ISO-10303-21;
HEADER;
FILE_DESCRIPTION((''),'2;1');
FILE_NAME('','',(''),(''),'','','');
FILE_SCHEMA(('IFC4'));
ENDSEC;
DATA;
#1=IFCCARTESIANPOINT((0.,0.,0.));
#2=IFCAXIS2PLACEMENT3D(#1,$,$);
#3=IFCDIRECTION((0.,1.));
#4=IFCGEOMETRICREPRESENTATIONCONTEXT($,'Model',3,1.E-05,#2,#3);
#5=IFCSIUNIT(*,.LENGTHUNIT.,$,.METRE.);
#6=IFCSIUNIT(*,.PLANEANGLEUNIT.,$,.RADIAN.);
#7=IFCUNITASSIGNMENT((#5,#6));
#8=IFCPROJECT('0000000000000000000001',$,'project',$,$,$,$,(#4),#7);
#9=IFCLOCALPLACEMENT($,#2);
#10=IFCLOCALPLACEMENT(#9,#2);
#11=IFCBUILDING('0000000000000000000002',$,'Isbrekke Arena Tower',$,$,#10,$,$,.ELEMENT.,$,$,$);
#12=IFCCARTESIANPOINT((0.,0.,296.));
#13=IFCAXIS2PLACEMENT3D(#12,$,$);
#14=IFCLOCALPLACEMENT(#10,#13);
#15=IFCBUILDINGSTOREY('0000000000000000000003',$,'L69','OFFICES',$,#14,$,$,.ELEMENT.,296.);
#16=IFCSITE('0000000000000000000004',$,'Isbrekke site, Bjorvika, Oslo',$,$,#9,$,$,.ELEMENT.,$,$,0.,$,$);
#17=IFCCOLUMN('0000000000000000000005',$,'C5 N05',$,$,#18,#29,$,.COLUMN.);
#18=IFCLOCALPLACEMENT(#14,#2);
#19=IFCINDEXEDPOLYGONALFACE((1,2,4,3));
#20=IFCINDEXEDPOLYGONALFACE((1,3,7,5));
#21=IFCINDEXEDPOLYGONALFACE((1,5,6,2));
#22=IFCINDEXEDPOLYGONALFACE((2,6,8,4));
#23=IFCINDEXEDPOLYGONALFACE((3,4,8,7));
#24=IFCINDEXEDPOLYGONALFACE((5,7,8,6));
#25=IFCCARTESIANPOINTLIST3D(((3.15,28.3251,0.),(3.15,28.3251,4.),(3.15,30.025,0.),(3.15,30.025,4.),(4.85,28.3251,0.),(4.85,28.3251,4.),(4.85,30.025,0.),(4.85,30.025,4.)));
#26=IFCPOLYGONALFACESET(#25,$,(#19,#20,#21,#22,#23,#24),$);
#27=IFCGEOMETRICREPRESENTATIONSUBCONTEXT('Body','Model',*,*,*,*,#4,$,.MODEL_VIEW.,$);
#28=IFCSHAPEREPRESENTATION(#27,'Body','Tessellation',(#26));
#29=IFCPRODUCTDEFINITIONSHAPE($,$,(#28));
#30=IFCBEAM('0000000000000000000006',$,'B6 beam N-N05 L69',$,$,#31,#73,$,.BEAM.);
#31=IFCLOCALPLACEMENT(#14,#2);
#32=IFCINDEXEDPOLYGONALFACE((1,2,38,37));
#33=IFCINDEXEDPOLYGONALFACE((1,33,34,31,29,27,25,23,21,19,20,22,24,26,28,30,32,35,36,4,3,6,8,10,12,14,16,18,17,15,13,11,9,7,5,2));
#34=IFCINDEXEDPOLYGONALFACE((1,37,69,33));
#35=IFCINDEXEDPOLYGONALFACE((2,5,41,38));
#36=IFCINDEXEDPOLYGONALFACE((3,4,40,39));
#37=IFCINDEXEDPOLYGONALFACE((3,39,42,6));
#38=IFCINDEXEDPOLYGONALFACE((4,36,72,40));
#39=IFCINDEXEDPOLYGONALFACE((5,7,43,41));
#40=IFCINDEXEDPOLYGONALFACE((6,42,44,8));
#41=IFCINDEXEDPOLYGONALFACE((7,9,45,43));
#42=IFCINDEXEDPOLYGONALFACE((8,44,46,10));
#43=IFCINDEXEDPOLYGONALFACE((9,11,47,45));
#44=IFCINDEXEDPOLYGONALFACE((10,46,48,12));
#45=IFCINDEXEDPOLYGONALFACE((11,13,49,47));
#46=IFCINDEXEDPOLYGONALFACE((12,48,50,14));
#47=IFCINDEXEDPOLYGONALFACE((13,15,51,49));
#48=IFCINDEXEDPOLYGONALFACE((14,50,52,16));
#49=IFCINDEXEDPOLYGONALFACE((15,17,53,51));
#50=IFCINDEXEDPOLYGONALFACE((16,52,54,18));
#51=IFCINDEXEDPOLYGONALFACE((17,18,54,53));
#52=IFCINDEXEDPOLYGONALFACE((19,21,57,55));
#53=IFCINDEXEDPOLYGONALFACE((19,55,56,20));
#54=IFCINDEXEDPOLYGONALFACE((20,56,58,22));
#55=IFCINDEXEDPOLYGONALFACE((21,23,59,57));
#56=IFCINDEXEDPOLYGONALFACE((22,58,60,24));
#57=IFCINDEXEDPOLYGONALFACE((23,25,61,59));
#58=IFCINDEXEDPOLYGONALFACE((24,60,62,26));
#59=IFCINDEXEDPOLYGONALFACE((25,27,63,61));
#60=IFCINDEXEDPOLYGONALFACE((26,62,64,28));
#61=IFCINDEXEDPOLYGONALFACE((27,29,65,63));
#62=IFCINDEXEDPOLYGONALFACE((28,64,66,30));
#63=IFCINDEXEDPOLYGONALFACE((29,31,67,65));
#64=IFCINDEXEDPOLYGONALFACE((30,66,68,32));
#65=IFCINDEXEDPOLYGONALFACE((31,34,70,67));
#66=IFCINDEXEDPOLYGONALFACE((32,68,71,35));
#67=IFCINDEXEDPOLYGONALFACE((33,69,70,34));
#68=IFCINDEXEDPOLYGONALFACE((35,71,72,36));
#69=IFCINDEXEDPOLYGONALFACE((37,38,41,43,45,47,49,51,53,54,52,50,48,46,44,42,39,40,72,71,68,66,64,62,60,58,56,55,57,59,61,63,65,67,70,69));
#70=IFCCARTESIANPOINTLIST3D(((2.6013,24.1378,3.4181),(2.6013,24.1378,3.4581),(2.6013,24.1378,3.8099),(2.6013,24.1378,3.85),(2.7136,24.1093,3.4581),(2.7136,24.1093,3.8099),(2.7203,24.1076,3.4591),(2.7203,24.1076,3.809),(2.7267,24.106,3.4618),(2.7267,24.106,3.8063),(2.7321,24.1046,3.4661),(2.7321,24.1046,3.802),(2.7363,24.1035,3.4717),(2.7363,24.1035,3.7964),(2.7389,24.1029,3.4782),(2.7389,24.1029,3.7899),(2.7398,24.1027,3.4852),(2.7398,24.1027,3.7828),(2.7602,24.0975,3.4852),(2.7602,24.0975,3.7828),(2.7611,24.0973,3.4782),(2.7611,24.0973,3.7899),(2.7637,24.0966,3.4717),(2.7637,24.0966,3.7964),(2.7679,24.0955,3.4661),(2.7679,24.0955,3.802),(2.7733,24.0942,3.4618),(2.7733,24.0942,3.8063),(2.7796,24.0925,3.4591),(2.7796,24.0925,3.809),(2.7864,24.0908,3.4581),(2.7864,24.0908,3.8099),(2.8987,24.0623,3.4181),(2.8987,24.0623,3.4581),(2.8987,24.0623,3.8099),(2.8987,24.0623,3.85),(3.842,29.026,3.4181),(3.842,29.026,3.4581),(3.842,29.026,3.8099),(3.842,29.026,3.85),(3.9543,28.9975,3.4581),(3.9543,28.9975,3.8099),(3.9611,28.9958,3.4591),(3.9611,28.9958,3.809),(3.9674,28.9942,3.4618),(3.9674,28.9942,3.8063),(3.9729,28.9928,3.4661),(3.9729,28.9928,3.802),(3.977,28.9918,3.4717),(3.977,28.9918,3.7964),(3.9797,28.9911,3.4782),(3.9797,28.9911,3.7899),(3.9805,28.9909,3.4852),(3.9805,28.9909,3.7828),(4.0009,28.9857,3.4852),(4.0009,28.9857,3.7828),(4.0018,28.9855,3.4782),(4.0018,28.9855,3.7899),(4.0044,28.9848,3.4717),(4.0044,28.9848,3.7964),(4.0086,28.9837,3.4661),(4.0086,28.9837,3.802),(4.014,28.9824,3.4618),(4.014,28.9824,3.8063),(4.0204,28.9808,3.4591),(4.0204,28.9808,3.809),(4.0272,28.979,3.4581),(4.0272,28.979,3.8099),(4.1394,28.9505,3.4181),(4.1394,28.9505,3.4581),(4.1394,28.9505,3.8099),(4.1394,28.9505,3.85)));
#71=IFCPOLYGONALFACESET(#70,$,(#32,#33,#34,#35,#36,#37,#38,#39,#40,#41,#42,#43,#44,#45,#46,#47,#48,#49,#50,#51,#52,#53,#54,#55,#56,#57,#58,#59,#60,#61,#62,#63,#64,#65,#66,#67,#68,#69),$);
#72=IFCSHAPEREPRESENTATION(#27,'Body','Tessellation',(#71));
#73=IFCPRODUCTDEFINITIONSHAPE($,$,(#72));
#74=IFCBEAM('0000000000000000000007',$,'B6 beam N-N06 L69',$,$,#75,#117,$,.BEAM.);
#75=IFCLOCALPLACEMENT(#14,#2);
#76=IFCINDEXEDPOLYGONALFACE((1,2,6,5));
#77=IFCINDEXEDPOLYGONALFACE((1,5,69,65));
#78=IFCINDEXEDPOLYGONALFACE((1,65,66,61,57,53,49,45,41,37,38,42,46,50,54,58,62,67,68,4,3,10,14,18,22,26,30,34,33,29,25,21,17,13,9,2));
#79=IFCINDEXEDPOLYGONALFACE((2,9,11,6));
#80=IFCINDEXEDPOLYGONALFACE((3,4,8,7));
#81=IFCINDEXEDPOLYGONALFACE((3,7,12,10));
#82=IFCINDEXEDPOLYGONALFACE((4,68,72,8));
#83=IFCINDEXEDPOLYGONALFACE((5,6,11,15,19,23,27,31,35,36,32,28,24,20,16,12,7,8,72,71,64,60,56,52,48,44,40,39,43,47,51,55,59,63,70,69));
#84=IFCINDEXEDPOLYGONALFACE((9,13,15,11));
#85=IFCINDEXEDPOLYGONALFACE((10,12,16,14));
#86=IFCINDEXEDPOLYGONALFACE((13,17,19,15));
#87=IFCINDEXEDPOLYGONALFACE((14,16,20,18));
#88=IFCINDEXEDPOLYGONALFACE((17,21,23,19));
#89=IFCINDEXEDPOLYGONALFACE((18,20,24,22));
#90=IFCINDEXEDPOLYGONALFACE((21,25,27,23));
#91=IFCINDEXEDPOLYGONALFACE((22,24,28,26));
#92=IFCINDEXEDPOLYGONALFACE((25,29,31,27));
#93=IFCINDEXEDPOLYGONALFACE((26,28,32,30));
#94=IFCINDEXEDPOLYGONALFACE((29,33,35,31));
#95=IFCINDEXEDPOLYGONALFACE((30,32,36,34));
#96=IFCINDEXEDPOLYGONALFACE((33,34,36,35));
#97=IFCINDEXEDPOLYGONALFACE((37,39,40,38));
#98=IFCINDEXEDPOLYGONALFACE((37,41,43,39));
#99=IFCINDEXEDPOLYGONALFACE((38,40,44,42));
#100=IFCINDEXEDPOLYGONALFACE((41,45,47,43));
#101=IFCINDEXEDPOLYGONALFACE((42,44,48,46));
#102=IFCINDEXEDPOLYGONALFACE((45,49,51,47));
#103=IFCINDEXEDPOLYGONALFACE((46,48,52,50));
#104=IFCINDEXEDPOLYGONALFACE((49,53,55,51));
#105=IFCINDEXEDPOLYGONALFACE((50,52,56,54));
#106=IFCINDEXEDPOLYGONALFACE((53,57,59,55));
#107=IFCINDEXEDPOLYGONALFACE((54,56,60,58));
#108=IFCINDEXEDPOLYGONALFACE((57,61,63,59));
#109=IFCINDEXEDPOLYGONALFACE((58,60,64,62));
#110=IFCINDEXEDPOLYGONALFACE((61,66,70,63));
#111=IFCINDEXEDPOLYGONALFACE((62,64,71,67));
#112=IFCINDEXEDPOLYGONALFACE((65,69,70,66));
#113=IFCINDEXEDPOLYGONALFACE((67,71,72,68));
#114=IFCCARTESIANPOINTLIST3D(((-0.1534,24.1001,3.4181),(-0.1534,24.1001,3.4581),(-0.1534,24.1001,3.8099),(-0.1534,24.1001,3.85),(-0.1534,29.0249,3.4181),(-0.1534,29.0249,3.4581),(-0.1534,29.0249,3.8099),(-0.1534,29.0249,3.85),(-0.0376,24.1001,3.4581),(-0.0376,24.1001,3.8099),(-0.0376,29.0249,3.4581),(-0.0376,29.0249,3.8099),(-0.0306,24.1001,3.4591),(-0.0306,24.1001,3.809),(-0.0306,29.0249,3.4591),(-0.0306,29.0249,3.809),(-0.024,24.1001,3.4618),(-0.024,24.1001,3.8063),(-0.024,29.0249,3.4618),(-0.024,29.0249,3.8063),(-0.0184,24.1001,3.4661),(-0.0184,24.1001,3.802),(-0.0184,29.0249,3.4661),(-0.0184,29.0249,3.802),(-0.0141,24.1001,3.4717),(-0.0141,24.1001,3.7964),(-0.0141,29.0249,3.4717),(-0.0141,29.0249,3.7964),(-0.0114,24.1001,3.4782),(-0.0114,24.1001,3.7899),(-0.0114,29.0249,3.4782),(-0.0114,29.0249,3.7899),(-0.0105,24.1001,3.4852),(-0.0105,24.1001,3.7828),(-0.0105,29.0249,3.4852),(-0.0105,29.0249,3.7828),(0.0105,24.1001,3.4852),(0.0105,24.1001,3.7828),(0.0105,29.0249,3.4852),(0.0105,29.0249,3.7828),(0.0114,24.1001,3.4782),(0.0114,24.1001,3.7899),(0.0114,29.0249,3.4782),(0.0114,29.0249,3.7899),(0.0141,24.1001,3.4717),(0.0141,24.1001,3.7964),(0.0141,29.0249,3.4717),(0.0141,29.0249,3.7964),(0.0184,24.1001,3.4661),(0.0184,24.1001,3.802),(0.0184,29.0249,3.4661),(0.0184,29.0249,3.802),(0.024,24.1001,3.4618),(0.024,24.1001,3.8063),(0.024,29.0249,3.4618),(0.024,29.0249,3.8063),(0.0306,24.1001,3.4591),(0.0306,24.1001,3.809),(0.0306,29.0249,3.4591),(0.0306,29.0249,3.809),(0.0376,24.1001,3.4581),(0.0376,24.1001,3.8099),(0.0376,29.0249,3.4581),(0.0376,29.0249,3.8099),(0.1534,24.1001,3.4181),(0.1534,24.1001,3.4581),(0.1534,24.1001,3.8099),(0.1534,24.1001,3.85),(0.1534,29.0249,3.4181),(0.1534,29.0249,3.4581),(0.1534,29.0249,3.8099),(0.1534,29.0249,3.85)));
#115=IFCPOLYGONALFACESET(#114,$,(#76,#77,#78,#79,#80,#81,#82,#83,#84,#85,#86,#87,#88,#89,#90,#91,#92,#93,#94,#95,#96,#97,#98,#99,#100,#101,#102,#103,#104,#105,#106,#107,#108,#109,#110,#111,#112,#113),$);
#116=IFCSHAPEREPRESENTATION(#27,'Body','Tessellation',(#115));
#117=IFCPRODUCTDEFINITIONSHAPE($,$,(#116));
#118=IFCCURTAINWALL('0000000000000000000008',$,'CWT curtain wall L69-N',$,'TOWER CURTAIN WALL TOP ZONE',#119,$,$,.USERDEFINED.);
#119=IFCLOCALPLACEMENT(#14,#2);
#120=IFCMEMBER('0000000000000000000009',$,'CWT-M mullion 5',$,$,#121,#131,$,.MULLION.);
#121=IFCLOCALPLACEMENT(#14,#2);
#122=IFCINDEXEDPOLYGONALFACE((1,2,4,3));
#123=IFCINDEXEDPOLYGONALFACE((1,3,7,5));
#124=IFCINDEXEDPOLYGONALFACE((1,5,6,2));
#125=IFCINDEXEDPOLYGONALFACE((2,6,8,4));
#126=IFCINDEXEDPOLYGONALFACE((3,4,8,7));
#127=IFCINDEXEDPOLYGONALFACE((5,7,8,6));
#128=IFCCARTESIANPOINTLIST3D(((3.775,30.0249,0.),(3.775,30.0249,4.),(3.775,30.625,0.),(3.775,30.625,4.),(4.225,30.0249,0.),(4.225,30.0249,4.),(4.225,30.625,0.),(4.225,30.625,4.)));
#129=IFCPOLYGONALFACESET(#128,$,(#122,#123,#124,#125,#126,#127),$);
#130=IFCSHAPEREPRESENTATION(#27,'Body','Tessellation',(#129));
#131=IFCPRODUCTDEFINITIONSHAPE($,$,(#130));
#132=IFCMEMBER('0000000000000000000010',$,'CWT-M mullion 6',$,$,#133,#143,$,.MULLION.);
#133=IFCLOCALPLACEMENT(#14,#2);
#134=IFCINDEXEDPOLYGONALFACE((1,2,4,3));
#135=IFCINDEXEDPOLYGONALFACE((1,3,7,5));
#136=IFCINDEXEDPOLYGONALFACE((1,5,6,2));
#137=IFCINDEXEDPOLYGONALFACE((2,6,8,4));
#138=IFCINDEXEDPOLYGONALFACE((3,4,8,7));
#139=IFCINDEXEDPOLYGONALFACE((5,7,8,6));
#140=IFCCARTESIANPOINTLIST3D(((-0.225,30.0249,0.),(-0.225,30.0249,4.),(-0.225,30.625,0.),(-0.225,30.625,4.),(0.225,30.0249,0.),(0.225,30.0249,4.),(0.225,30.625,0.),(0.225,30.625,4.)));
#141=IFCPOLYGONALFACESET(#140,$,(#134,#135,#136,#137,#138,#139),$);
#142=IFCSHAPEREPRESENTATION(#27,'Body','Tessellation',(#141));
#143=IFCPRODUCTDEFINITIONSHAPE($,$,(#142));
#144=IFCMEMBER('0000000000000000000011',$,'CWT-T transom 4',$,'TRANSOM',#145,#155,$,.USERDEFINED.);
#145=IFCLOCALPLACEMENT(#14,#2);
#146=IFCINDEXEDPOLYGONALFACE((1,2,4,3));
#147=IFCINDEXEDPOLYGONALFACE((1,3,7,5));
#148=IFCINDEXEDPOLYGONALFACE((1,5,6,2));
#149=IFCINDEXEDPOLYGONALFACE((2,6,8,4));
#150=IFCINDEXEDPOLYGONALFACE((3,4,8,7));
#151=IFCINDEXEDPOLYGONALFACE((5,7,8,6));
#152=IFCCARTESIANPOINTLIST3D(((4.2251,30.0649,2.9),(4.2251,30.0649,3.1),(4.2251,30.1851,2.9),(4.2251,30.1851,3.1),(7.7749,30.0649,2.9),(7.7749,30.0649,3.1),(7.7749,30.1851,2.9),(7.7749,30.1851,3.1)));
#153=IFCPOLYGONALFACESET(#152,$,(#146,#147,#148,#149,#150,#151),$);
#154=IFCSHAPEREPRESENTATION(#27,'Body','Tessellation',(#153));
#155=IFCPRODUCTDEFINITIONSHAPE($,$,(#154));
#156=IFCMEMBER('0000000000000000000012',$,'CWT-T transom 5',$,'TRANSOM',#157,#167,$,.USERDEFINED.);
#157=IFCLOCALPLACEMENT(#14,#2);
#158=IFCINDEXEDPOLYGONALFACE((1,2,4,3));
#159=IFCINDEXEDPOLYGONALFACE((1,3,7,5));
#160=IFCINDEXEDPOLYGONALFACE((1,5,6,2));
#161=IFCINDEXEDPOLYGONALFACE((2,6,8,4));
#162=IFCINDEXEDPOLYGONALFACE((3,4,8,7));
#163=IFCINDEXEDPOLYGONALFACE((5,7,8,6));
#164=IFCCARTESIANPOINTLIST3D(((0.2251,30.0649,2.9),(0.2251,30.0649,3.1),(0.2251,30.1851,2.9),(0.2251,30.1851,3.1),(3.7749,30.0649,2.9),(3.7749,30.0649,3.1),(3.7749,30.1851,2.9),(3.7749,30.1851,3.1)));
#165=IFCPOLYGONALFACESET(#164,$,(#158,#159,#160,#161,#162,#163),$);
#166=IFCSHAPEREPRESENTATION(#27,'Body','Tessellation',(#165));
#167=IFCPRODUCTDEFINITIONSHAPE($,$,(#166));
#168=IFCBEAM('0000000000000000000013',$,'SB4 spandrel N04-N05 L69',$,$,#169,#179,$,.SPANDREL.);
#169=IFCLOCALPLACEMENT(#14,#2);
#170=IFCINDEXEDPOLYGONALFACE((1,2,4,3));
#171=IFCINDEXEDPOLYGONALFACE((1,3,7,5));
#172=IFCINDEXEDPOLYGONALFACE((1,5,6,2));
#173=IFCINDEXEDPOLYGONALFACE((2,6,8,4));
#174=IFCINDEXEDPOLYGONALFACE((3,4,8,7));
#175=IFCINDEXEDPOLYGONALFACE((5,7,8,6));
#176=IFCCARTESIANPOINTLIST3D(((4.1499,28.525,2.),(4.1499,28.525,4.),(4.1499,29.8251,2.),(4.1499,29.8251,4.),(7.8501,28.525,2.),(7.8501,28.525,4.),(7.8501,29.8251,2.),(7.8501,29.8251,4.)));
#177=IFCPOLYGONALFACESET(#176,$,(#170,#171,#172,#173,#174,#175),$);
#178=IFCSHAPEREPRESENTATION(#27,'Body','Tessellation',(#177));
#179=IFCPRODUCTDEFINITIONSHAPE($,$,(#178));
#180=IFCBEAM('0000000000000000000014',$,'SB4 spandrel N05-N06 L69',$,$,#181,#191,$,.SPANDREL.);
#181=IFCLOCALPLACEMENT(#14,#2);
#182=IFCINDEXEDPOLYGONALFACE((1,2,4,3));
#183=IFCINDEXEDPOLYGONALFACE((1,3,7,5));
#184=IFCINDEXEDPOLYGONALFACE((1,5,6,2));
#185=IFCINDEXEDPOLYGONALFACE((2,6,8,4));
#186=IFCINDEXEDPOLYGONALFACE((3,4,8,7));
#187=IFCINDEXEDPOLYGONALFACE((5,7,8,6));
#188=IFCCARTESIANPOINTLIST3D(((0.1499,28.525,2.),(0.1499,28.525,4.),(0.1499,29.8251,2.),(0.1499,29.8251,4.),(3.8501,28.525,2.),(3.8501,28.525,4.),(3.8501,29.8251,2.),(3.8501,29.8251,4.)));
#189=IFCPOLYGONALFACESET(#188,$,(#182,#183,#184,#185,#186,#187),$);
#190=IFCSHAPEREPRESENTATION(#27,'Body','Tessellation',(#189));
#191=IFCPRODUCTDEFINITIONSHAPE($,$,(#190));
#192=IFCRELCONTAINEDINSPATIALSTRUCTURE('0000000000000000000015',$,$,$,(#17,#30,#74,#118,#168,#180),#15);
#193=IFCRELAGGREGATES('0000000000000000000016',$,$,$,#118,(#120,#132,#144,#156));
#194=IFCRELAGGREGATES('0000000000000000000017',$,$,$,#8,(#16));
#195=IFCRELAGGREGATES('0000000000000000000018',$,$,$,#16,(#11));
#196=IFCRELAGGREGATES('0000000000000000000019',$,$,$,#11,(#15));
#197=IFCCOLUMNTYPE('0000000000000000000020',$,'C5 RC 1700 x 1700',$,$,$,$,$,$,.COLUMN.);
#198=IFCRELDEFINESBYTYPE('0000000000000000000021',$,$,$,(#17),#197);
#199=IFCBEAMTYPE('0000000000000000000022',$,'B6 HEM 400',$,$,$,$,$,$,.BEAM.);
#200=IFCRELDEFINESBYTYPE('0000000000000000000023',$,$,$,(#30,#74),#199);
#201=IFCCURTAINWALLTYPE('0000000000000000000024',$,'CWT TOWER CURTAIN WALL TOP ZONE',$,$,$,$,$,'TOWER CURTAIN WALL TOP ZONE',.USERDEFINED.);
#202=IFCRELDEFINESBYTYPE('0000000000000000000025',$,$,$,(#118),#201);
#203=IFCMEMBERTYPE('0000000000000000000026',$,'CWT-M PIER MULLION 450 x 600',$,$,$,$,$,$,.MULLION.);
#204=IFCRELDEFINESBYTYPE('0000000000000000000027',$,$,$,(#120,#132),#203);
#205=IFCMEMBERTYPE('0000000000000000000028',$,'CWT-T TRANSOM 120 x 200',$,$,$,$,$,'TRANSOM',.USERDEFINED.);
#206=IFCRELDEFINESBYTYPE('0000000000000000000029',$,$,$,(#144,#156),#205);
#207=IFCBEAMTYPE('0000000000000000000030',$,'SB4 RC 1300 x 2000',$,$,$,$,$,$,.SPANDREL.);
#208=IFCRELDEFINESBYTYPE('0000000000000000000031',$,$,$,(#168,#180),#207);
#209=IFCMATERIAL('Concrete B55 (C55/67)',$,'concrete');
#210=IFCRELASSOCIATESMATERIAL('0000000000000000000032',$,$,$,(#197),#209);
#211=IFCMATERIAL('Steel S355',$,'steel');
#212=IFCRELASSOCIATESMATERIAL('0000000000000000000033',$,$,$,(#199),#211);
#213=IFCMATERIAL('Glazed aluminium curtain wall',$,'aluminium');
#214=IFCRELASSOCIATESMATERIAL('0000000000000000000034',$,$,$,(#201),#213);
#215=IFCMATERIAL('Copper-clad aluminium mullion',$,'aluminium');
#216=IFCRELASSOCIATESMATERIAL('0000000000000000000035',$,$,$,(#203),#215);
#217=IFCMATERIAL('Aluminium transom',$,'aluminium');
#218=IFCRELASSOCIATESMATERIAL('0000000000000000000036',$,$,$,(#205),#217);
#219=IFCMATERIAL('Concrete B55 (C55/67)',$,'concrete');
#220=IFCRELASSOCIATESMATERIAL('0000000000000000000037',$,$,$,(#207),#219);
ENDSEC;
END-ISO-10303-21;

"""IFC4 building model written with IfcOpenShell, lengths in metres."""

from ifc_helpers import new_model, si_unit, direction, frame, origin, origin_2d, place, context, subcontext, project, spatial, rectangle, i_section, extrude, material, material_profile, profile_set, type_object, element, aggregate, save


model = new_model("IFC4")

# Units and contexts
model_context = context("Model", 3, precision=1e-05, world=origin(), true_north=direction((0.0, 1.0)))
body_context = subcontext(model_context, "Body", "Model", "MODEL_VIEW")
ifc_project = project(units=[si_unit("LENGTHUNIT", "METRE"), si_unit("PLANEANGLEUNIT", "RADIAN")], contexts=[model_context])

# Site, building, storey
site_placement = place(None, origin())
site = spatial("IfcSite", under=ifc_project, at=site_placement, Name="Isbrekke site, Bjorvika, Oslo", CompositionType="ELEMENT", RefElevation=0.0)
building_placement = place(site_placement, origin())
building = spatial("IfcBuilding", under=site, at=building_placement, Name="Isbrekke Arena Tower", CompositionType="ELEMENT")
storey_placement = place(building_placement, frame((0.0, 0.0, 296.0)))
storey = spatial("IfcBuildingStorey", under=building, at=storey_placement, Name="L69", Description="OFFICES", CompositionType="ELEMENT", Elevation=296.0)

# Column
ifc_material_1 = material(Name="Concrete B55 (C55/67)", Category="concrete")
ifc_material_profile_1 = material_profile(ifc_material_1, rectangle(XDim=1.7, YDim=1.7, at=origin_2d()), Name="RC 1700x1700")
ifc_profile_set_1 = profile_set([ifc_material_profile_1], Name="Concrete B55 (C55/67)")
column_type = type_object("IfcColumnType", Name="C5 RC 1700 x 1700", PredefinedType="COLUMN", material=ifc_profile_set_1)
column_placement = place(storey_placement, frame((4.0, 29.175, 0.0), z_axis=(0.0, 0.0, 1.0), x_axis=(-1.0, 0.0, 0.0)))
element("IfcColumn", 1, at=column_placement, inside=storey, type_object=column_type, Name="C5 N05", PredefinedType="COLUMN", context=body_context, shape_type="SweptSolid", body=[
    extrude(rectangle(XDim=1.7, YDim=1.7, at=origin_2d()), origin(), (0.0, 0.0, 1.0), 4.0),
])

# Beams
ifc_material_2 = material(Name="Steel S355", Category="steel")
ifc_material_profile_2 = material_profile(ifc_material_2, i_section(OverallWidth=0.3069, OverallDepth=0.4319, WebThickness=0.021, FlangeThickness=0.04, FilletRadius=0.0271, at=origin_2d()), Name="HEM 400")
ifc_profile_set_2 = profile_set([ifc_material_profile_2], Name="Steel S355")
beam_type_1 = type_object("IfcBeamType", Name="B6 HEM 400", PredefinedType="BEAM", material=ifc_profile_set_2)
beam_1_placement = place(storey_placement, frame((3.9907, 28.9883, 3.634), z_axis=(-0.24602, -0.969265, 0.0), x_axis=(0.969265, -0.24602, 0.0)))
element("IfcBeam", 2, at=beam_1_placement, inside=storey, type_object=beam_type_1, Name="B6 beam N-N05 L69", PredefinedType="BEAM", context=body_context, shape_type="SweptSolid", body=[
    extrude(i_section(OverallWidth=0.3069, OverallDepth=0.4319, WebThickness=0.021, FlangeThickness=0.04, FilletRadius=0.0271, at=origin_2d()), origin(), (0.0, 0.0, 1.0), 5.0432),
])
beam_2_placement = place(storey_placement, frame((0.0, 29.0249, 3.634), z_axis=(0.0, -1.0, 0.0), x_axis=(1.0, 0.0, 0.0)))
element("IfcBeam", 3, at=beam_2_placement, inside=storey, type_object=beam_type_1, Name="B6 beam N-N06 L69", PredefinedType="BEAM", context=body_context, shape_type="SweptSolid", body=[
    extrude(i_section(OverallWidth=0.3069, OverallDepth=0.4319, WebThickness=0.021, FlangeThickness=0.04, FilletRadius=0.0271, at=origin_2d()), origin(), (0.0, 0.0, 1.0), 4.9248),
])

# Curtain wall, members
ifc_material_3 = material(Name="Glazed aluminium curtain wall", Category="aluminium")
curtain_wall_type = type_object("IfcCurtainWallType", Name="CWT TOWER CURTAIN WALL TOP ZONE", ElementType="TOWER CURTAIN WALL TOP ZONE", PredefinedType="USERDEFINED", material=ifc_material_3)
curtain_wall_placement = place(storey_placement, origin())
curtain_wall = element("IfcCurtainWall", 4, at=curtain_wall_placement, inside=storey, type_object=curtain_wall_type, Name="CWT curtain wall L69-N", ObjectType="TOWER CURTAIN WALL TOP ZONE", PredefinedType="USERDEFINED")
ifc_material_4 = material(Name="Copper-clad aluminium mullion", Category="aluminium")
ifc_material_profile_3 = material_profile(ifc_material_4, rectangle(XDim=0.45, YDim=0.6001, at=origin_2d()), Name="PIER 450X600")
ifc_profile_set_3 = profile_set([ifc_material_profile_3], Name="Copper-clad aluminium mullion")
member_type_1 = type_object("IfcMemberType", Name="CWT-M PIER MULLION 450 x 600", PredefinedType="MULLION", material=ifc_profile_set_3)
member_1_placement = place(storey_placement, frame((4.0, 30.325, 0.0), z_axis=(0.0, 0.0, 1.0), x_axis=(-1.0, 0.0, 0.0)))
member_1 = element("IfcMember", 5, at=member_1_placement, type_object=member_type_1, Name="CWT-M mullion 5", PredefinedType="MULLION", context=body_context, shape_type="SweptSolid", body=[
    extrude(rectangle(XDim=0.45, YDim=0.6001, at=origin_2d()), origin(), (0.0, 0.0, 1.0), 4.0),
])
member_2_placement = place(storey_placement, frame((0.0, 30.325, 0.0), z_axis=(0.0, 0.0, 1.0), x_axis=(-1.0, 0.0, 0.0)))
member_2 = element("IfcMember", 6, at=member_2_placement, type_object=member_type_1, Name="CWT-M mullion 6", PredefinedType="MULLION", context=body_context, shape_type="SweptSolid", body=[
    extrude(rectangle(XDim=0.45, YDim=0.6001, at=origin_2d()), origin(), (0.0, 0.0, 1.0), 4.0),
])
ifc_material_5 = material(Name="Aluminium transom", Category="aluminium")
ifc_material_profile_4 = material_profile(ifc_material_5, rectangle(XDim=0.1201, YDim=0.2, at=origin_2d()), Name="TRANSOM 120X200")
ifc_profile_set_4 = profile_set([ifc_material_profile_4], Name="Aluminium transom")
member_type_2 = type_object("IfcMemberType", Name="CWT-T TRANSOM 120 x 200", ElementType="TRANSOM", PredefinedType="USERDEFINED", material=ifc_profile_set_4)
member_3_placement = place(storey_placement, frame((7.7749, 30.125, 3.0), z_axis=(-1.0, 0.0, 0.0), x_axis=(0.0, -1.0, 0.0)))
member_3 = element("IfcMember", 7, at=member_3_placement, type_object=member_type_2, Name="CWT-T transom 4", ObjectType="TRANSOM", PredefinedType="USERDEFINED", context=body_context, shape_type="SweptSolid", body=[
    extrude(rectangle(XDim=0.1201, YDim=0.2, at=origin_2d()), origin(), (0.0, 0.0, 1.0), 3.5498),
])
member_4_placement = place(storey_placement, frame((3.7749, 30.125, 3.0), z_axis=(-1.0, 0.0, 0.0), x_axis=(0.0, -1.0, 0.0)))
member_4 = element("IfcMember", 8, at=member_4_placement, type_object=member_type_2, Name="CWT-T transom 5", ObjectType="TRANSOM", PredefinedType="USERDEFINED", context=body_context, shape_type="SweptSolid", body=[
    extrude(rectangle(XDim=0.1201, YDim=0.2, at=origin_2d()), origin(), (0.0, 0.0, 1.0), 3.5498),
])

# Beams
ifc_material_6 = material(Name="Concrete B55 (C55/67)", Category="concrete")
ifc_material_profile_5 = material_profile(ifc_material_6, rectangle(XDim=1.3, YDim=2.0, at=origin_2d()), Name="RC 1300x2000")
ifc_profile_set_5 = profile_set([ifc_material_profile_5], Name="Concrete B55 (C55/67)")
beam_type_2 = type_object("IfcBeamType", Name="SB4 RC 1300 x 2000", PredefinedType="SPANDREL", material=ifc_profile_set_5)
for number, where, z_axis, x_axis, name in (
    (9, (7.8501, 29.175, 3.0), (-1.0, 0.0, 0.0), (0.0, -1.0, 0.0), "SB4 spandrel N04-N05 L69"),
    (10, (3.8501, 29.175, 3.0), (-1.0, 0.0, 0.0), (0.0, -1.0, 0.0), "SB4 spandrel N05-N06 L69"),
):
    element("IfcBeam", number, at=place(storey_placement, frame(where, z_axis=z_axis, x_axis=x_axis)), inside=storey, type_object=beam_type_2, Name=name, PredefinedType="SPANDREL", context=body_context, shape_type="SweptSolid", body=[
        extrude(rectangle(XDim=1.3, YDim=2.0, at=origin_2d()), origin(), (0.0, 0.0, 1.0), 3.7002),
    ])

aggregate(curtain_wall, [member_1, member_2, member_3, member_4])

save(model, "model.ifc")
